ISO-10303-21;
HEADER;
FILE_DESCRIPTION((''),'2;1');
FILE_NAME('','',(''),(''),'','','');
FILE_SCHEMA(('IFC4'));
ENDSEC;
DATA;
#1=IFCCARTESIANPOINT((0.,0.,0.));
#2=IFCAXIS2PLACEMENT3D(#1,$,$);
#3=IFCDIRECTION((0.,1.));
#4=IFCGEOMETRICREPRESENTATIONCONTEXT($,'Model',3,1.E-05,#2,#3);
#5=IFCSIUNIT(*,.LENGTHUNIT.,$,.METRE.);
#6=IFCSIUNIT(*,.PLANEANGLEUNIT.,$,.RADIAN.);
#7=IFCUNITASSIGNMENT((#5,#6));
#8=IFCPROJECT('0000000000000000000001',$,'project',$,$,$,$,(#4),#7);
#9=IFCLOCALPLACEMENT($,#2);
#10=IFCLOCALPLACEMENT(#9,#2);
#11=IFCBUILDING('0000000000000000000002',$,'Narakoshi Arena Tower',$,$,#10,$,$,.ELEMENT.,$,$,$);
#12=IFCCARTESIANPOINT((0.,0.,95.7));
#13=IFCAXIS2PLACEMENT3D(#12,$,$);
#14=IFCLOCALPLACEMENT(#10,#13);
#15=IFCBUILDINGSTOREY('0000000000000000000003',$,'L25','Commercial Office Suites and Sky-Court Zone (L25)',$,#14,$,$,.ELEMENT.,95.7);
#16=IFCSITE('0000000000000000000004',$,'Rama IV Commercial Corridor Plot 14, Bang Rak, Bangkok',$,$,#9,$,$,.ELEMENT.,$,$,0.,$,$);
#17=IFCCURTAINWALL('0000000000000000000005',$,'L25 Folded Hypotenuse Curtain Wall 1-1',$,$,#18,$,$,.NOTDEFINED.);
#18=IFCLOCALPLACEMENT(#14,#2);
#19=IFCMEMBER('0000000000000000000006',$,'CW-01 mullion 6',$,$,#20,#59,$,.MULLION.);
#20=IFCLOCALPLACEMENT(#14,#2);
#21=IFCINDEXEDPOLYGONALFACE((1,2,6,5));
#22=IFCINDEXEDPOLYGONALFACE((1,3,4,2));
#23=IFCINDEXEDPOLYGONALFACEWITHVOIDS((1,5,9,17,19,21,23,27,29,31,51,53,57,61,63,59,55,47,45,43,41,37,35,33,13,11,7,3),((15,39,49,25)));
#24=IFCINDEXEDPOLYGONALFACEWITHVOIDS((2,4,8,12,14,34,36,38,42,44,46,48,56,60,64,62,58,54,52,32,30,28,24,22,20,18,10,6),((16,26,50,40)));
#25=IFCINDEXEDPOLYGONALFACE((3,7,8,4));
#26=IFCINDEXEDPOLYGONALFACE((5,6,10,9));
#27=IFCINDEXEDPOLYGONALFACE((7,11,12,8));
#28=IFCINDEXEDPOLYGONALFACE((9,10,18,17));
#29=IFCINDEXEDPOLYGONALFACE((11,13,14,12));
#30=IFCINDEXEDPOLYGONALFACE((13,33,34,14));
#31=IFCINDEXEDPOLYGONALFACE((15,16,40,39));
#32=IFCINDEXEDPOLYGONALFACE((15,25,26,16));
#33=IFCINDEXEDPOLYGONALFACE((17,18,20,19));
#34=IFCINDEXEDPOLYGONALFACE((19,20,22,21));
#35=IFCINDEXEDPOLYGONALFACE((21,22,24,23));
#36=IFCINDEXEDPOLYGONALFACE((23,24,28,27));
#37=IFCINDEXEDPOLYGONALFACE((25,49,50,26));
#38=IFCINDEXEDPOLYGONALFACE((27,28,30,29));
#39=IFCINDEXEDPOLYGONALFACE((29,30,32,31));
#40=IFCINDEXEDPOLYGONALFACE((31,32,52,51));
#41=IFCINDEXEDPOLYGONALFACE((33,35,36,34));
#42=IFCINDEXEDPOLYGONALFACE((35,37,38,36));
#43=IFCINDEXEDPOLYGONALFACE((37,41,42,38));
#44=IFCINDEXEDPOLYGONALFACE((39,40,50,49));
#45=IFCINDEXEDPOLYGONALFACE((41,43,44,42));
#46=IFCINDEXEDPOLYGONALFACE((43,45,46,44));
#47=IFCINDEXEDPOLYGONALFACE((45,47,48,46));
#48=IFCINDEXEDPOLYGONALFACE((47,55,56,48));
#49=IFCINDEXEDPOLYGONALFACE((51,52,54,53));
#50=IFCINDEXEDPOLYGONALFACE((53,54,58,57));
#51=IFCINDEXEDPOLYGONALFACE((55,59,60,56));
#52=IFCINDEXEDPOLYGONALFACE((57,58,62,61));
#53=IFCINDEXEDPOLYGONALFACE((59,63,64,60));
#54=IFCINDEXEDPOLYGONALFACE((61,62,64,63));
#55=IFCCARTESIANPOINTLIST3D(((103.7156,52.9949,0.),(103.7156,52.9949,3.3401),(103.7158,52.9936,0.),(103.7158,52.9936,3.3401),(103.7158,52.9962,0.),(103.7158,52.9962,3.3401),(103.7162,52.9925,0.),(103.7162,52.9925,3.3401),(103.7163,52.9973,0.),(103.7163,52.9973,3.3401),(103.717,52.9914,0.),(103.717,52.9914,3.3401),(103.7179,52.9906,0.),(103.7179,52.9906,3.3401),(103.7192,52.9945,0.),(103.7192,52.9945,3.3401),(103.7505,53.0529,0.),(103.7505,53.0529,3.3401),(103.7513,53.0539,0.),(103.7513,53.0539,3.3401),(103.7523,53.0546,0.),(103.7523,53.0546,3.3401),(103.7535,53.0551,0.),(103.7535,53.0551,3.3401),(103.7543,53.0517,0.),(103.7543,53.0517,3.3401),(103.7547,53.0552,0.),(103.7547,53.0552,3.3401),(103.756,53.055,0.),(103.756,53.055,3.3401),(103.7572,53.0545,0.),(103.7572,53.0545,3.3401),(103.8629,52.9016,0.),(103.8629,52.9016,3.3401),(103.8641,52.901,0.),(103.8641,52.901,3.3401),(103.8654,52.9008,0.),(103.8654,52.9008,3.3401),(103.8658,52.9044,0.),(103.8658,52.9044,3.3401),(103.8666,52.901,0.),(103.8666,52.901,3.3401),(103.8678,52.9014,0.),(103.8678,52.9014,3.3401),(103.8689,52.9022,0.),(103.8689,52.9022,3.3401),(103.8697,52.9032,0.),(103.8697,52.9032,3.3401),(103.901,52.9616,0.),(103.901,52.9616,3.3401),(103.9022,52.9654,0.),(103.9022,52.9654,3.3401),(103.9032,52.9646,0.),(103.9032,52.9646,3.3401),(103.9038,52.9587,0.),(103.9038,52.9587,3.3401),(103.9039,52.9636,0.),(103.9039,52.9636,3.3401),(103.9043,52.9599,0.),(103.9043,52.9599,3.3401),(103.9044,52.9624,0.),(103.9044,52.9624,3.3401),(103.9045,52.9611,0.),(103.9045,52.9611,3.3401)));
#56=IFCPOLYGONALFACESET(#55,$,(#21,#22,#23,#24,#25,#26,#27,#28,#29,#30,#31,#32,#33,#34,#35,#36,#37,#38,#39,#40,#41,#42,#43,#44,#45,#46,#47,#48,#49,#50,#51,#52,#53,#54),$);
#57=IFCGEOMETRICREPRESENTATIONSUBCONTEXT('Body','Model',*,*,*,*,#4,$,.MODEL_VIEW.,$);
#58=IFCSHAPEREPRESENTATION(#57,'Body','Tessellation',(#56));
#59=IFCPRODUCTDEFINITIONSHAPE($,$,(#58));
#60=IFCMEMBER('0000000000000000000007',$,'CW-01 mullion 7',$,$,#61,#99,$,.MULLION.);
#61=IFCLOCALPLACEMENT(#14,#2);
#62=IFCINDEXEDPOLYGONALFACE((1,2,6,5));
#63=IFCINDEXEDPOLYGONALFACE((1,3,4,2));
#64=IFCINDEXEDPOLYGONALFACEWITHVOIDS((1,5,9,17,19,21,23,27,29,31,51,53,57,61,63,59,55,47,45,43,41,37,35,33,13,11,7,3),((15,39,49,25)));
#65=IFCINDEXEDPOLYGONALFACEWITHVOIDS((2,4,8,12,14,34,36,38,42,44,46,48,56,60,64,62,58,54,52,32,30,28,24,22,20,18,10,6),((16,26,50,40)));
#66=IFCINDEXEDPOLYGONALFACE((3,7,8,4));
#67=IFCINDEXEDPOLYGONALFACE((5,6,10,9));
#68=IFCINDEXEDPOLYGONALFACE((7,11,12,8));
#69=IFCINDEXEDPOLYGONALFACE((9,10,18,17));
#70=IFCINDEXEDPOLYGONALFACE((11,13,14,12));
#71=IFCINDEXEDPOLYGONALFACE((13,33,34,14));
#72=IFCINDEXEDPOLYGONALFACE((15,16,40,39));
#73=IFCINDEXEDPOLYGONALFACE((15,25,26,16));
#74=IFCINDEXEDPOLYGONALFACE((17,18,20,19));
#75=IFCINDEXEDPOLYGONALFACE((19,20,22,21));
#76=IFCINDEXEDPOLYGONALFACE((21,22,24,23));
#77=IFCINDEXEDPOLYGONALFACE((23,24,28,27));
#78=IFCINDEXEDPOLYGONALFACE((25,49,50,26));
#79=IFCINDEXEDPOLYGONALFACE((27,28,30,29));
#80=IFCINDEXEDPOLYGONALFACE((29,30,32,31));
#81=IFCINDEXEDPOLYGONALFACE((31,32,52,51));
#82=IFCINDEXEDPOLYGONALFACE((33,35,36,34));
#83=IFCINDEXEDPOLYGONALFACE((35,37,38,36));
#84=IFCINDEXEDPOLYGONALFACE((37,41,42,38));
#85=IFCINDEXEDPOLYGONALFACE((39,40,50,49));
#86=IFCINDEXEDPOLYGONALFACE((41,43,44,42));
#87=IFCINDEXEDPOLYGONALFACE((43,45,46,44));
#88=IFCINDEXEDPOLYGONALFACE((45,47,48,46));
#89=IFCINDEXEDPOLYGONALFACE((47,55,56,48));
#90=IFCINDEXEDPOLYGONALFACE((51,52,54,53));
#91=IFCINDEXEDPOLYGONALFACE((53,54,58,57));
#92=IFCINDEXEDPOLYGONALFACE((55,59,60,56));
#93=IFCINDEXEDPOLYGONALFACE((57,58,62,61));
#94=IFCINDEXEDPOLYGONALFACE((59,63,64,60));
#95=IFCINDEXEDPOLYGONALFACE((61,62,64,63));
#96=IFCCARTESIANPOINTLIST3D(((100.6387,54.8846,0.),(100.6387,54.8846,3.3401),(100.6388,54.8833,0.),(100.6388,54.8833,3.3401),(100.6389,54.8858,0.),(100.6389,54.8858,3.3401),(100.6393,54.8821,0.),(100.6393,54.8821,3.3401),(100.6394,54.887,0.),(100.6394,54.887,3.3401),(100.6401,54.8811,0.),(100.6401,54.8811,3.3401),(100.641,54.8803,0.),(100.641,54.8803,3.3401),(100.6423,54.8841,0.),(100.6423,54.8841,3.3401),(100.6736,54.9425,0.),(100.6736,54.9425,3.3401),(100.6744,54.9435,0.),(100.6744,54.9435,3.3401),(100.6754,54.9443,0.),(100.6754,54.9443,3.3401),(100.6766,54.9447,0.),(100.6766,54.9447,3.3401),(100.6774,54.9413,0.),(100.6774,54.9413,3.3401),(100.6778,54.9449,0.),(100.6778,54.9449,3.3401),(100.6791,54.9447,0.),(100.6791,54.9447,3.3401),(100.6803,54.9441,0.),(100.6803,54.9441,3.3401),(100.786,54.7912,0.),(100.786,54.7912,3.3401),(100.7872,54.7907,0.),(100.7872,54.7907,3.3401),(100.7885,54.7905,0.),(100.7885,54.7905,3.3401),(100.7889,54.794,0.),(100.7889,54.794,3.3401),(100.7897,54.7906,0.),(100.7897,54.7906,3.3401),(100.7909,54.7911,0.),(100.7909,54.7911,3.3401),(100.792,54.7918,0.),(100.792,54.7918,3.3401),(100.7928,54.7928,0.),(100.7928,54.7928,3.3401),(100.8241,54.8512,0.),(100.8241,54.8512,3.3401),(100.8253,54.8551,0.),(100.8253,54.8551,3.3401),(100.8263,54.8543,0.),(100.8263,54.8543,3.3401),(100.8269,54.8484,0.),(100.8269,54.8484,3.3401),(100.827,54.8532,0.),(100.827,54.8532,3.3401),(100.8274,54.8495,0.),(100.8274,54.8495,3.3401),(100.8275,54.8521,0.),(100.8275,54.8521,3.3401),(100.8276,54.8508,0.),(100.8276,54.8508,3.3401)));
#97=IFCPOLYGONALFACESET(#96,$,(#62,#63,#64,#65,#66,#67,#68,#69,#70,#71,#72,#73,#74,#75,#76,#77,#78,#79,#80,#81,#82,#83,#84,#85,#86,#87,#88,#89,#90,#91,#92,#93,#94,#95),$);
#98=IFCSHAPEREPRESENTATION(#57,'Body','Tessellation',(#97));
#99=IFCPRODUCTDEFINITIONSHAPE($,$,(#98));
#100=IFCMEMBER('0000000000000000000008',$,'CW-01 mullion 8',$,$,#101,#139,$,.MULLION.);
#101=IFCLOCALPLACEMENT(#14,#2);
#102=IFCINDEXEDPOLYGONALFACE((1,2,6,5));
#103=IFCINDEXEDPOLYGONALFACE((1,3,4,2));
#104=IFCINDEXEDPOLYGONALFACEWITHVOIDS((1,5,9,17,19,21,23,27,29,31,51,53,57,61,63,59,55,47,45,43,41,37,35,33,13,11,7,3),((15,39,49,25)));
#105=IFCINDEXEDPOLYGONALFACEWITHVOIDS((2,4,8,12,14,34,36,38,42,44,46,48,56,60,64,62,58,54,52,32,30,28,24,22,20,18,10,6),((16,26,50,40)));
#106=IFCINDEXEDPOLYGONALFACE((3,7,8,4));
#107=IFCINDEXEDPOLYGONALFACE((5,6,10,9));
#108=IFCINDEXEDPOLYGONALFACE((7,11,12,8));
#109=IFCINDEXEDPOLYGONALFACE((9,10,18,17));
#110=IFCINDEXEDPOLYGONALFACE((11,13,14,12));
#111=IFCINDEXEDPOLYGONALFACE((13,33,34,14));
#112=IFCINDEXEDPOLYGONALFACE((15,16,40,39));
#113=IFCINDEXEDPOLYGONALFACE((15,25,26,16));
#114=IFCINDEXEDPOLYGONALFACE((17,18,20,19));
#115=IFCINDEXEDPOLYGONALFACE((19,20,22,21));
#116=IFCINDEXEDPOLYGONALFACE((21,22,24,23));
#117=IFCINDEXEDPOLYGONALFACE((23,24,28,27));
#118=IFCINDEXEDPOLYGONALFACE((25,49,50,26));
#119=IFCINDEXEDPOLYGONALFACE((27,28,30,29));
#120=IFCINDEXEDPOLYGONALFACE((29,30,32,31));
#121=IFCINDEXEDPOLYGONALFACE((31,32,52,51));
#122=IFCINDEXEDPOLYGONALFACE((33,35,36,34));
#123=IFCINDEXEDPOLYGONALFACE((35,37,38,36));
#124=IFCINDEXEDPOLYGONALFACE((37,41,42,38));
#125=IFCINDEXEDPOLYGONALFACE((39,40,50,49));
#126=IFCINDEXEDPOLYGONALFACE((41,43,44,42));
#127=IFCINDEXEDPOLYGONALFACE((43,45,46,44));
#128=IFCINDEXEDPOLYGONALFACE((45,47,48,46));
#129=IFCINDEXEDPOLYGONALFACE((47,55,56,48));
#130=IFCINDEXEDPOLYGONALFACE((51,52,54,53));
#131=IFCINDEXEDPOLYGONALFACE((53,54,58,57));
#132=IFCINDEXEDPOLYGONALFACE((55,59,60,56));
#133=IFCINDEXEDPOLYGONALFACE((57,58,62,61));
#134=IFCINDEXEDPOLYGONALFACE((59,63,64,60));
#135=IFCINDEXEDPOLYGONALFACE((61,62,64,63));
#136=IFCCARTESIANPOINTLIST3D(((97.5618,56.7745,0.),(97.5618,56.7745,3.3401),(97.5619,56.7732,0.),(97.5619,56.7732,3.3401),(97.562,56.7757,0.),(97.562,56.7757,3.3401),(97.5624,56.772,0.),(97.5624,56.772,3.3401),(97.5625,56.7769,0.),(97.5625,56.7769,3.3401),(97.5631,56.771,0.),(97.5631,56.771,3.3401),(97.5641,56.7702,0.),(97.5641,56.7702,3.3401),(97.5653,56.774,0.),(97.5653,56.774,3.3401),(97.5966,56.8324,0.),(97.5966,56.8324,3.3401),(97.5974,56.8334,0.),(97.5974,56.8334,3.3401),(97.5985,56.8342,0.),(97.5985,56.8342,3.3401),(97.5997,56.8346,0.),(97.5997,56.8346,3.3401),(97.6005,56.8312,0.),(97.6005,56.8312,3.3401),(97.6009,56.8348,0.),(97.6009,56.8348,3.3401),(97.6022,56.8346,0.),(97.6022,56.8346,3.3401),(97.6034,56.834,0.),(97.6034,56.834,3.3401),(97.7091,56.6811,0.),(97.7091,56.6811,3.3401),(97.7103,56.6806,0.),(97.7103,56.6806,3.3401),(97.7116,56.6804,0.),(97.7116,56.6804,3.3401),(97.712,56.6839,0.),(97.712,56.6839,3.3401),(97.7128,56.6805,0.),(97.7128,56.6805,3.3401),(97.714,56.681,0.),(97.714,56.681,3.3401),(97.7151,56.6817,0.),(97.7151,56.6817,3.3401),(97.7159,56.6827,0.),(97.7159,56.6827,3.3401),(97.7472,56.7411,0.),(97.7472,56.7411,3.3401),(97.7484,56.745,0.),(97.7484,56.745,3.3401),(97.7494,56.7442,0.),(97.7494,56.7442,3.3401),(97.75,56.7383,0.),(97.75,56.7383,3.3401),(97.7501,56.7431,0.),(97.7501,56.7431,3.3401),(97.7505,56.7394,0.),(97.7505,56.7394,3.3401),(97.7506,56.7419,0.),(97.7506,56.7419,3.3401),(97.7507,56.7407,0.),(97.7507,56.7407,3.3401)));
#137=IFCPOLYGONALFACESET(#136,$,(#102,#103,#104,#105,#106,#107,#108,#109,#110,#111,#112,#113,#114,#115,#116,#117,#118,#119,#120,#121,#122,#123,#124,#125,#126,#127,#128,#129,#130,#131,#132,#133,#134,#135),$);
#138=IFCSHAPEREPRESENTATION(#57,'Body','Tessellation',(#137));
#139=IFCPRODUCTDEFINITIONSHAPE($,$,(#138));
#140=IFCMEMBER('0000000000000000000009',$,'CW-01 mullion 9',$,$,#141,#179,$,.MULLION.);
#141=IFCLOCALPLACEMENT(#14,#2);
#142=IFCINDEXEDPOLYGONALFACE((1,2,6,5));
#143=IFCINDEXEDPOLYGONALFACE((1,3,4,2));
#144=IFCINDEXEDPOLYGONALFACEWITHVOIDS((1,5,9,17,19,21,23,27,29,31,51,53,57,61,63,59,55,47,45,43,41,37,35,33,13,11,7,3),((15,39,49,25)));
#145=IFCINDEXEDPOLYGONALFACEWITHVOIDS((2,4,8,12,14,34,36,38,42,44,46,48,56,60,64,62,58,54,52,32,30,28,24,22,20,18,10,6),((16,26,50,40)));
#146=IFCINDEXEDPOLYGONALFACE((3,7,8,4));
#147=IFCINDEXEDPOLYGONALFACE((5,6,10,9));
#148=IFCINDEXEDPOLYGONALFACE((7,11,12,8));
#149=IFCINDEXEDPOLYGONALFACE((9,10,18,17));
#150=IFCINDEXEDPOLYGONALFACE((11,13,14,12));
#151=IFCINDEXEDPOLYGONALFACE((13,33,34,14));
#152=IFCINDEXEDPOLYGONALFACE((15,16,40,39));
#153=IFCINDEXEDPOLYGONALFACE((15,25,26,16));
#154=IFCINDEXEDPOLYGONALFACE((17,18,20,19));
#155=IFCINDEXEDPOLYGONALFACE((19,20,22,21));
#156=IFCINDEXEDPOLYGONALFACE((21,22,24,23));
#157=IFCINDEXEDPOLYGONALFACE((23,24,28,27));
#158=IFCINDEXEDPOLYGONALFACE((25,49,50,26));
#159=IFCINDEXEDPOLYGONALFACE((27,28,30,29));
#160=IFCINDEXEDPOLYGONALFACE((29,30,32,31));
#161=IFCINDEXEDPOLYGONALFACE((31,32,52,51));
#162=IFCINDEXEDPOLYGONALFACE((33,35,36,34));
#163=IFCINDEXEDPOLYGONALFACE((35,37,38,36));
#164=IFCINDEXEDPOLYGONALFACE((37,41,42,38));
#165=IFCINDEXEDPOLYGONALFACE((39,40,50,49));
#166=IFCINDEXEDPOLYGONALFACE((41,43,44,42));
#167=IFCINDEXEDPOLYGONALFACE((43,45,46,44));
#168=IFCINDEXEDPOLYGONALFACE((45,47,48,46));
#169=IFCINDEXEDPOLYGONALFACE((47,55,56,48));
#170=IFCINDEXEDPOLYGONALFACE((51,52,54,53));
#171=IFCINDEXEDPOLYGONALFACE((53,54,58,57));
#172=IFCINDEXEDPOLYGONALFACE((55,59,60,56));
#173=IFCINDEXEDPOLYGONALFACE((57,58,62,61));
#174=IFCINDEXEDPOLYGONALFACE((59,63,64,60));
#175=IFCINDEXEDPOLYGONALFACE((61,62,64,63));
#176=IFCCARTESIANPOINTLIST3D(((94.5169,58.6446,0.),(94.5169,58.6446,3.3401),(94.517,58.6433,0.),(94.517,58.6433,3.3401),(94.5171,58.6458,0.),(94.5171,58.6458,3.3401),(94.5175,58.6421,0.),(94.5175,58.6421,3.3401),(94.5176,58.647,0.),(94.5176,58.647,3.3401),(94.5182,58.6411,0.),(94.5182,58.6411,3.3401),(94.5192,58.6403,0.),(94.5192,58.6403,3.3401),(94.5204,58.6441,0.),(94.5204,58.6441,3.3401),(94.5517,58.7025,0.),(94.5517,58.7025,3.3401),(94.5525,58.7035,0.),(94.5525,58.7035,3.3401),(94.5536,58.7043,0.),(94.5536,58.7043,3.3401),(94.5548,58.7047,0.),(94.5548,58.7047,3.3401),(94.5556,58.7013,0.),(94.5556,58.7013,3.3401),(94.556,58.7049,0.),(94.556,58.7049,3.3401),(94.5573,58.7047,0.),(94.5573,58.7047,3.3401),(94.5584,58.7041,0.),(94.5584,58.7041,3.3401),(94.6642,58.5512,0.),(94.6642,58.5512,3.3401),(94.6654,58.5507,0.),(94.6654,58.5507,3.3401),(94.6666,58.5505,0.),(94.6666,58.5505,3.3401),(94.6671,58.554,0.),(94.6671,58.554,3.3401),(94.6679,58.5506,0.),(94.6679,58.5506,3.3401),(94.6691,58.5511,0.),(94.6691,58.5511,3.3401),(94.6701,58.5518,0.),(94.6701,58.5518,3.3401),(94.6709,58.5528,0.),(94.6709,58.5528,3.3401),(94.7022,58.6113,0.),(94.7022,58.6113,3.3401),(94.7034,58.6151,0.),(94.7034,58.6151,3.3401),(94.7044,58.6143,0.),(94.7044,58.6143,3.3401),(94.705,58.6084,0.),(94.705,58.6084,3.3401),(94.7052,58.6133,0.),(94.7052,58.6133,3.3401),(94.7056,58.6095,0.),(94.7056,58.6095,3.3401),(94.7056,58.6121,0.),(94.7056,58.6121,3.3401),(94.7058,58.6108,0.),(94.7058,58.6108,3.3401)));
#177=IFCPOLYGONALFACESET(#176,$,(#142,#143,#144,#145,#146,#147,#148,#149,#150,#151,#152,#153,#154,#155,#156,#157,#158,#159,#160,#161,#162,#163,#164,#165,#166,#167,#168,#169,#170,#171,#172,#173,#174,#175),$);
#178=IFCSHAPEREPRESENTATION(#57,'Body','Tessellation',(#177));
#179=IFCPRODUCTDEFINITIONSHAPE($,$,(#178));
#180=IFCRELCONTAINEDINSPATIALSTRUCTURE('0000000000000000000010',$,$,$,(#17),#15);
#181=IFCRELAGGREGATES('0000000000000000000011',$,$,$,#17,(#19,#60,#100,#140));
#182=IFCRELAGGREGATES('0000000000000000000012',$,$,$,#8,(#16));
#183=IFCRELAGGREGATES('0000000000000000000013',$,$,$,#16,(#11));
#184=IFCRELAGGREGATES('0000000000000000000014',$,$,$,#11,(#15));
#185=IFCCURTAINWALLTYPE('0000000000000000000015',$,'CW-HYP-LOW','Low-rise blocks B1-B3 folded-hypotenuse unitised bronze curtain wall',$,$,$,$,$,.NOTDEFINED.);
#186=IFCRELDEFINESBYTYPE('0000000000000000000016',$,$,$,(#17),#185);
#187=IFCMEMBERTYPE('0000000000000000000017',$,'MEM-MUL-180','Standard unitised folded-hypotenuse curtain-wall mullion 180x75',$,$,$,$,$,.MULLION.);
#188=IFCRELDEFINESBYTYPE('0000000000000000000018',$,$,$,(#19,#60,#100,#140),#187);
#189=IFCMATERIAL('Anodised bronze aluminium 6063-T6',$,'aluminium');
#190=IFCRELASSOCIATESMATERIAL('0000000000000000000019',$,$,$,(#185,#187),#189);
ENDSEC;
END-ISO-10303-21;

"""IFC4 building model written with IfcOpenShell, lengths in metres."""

from ifc_helpers import new_model, si_unit, direction, frame, origin, origin_2d, place, context, subcontext, project, spatial, hollow_rectangle, extrude, material, material_profile, profile_set, type_object, element, aggregate, save


model = new_model("IFC4")

# Units and contexts
model_context = context("Model", 3, precision=1e-05, world=origin(), true_north=direction((0.0, 1.0)))
body_context = subcontext(model_context, "Body", "Model", "MODEL_VIEW")
ifc_project = project(units=[si_unit("LENGTHUNIT", "METRE"), si_unit("PLANEANGLEUNIT", "RADIAN")], contexts=[model_context])

# Site, building, storey
site_placement = place(None, origin())
site = spatial("IfcSite", under=ifc_project, at=site_placement, Name="Rama IV Commercial Corridor Plot 14, Bang Rak, Bangkok", CompositionType="ELEMENT", RefElevation=0.0)
building_placement = place(site_placement, origin())
building = spatial("IfcBuilding", under=site, at=building_placement, Name="Narakoshi Arena Tower", CompositionType="ELEMENT")
storey_placement = place(building_placement, frame((0.0, 0.0, 95.7)))
storey = spatial("IfcBuildingStorey", under=building, at=storey_placement, Name="L25", Description="Commercial Office Suites and Sky-Court Zone (L25)", CompositionType="ELEMENT", Elevation=95.7)

# Curtain wall, members
ifc_material_1 = material(Name="Anodised bronze aluminium 6063-T6", Category="aluminium")
curtain_wall_type = type_object("IfcCurtainWallType", Name="CW-HYP-LOW", Description="Low-rise blocks B1-B3 folded-hypotenuse unitised bronze curtain wall", PredefinedType="NOTDEFINED", material=ifc_material_1)
curtain_wall_placement = place(storey_placement, origin())
curtain_wall = element("IfcCurtainWall", 1, at=curtain_wall_placement, inside=storey, type_object=curtain_wall_type, Name="L25 Folded Hypotenuse Curtain Wall 1-1", PredefinedType="NOTDEFINED")
ifc_material_profile_1 = material_profile(ifc_material_1, hollow_rectangle(XDim=0.075, YDim=0.1799, WallThickness=0.0039, OuterFilletRadius=0.0049, at=origin_2d()), Name="MUL180x75x4")
ifc_profile_set_1 = profile_set([ifc_material_profile_1], Name="Anodised bronze aluminium 6063-T6")
member_type_1 = type_object("IfcMemberType", Name="MEM-MUL-180", Description="Standard unitised folded-hypotenuse curtain-wall mullion 180x75", PredefinedType="MULLION", material=ifc_profile_set_1)
member_1_placement = place(storey_placement, frame((103.8101, 52.978, 0.0), z_axis=(0.0, 0.0, 1.0), x_axis=(-0.523358, -0.852113, 0.0)))
member_1 = element("IfcMember", 2, at=member_1_placement, type_object=member_type_1, Name="CW-01 mullion 6", PredefinedType="MULLION", context=body_context, shape_type="SweptSolid", body=[
    extrude(hollow_rectangle(XDim=0.075, YDim=0.1799, WallThickness=0.0039, OuterFilletRadius=0.0049, at=origin_2d()), origin(), (0.0, 0.0, 1.0), 3.3401),
])
member_2_placement = place(storey_placement, frame((100.7332, 54.8677, 0.0), z_axis=(0.0, 0.0, 1.0), x_axis=(-0.523358, -0.852113, 0.0)))
member_2 = element("IfcMember", 3, at=member_2_placement, type_object=member_type_1, Name="CW-01 mullion 7", PredefinedType="MULLION", context=body_context, shape_type="SweptSolid", body=[
    extrude(hollow_rectangle(XDim=0.075, YDim=0.1799, WallThickness=0.0039, OuterFilletRadius=0.0049, at=origin_2d()), origin(), (0.0, 0.0, 1.0), 3.3401),
])
member_3_placement = place(storey_placement, frame((97.6562, 56.7576, 0.0), z_axis=(0.0, 0.0, 1.0), x_axis=(-0.523358, -0.852113, 0.0)))
member_3 = element("IfcMember", 4, at=member_3_placement, type_object=member_type_1, Name="CW-01 mullion 8", PredefinedType="MULLION", context=body_context, shape_type="SweptSolid", body=[
    extrude(hollow_rectangle(XDim=0.075, YDim=0.1799, WallThickness=0.0039, OuterFilletRadius=0.0049, at=origin_2d()), origin(), (0.0, 0.0, 1.0), 3.3401),
])
member_4_placement = place(storey_placement, frame((94.6113, 58.6277, 0.0), z_axis=(0.0, 0.0, 1.0), x_axis=(-0.523358, -0.852113, 0.0)))
member_4 = element("IfcMember", 5, at=member_4_placement, type_object=member_type_1, Name="CW-01 mullion 9", PredefinedType="MULLION", context=body_context, shape_type="SweptSolid", body=[
    extrude(hollow_rectangle(XDim=0.075, YDim=0.1799, WallThickness=0.0039, OuterFilletRadius=0.0049, at=origin_2d()), origin(), (0.0, 0.0, 1.0), 3.3401),
])
aggregate(curtain_wall, [member_1, member_2, member_3, member_4])

save(model, "model.ifc")
